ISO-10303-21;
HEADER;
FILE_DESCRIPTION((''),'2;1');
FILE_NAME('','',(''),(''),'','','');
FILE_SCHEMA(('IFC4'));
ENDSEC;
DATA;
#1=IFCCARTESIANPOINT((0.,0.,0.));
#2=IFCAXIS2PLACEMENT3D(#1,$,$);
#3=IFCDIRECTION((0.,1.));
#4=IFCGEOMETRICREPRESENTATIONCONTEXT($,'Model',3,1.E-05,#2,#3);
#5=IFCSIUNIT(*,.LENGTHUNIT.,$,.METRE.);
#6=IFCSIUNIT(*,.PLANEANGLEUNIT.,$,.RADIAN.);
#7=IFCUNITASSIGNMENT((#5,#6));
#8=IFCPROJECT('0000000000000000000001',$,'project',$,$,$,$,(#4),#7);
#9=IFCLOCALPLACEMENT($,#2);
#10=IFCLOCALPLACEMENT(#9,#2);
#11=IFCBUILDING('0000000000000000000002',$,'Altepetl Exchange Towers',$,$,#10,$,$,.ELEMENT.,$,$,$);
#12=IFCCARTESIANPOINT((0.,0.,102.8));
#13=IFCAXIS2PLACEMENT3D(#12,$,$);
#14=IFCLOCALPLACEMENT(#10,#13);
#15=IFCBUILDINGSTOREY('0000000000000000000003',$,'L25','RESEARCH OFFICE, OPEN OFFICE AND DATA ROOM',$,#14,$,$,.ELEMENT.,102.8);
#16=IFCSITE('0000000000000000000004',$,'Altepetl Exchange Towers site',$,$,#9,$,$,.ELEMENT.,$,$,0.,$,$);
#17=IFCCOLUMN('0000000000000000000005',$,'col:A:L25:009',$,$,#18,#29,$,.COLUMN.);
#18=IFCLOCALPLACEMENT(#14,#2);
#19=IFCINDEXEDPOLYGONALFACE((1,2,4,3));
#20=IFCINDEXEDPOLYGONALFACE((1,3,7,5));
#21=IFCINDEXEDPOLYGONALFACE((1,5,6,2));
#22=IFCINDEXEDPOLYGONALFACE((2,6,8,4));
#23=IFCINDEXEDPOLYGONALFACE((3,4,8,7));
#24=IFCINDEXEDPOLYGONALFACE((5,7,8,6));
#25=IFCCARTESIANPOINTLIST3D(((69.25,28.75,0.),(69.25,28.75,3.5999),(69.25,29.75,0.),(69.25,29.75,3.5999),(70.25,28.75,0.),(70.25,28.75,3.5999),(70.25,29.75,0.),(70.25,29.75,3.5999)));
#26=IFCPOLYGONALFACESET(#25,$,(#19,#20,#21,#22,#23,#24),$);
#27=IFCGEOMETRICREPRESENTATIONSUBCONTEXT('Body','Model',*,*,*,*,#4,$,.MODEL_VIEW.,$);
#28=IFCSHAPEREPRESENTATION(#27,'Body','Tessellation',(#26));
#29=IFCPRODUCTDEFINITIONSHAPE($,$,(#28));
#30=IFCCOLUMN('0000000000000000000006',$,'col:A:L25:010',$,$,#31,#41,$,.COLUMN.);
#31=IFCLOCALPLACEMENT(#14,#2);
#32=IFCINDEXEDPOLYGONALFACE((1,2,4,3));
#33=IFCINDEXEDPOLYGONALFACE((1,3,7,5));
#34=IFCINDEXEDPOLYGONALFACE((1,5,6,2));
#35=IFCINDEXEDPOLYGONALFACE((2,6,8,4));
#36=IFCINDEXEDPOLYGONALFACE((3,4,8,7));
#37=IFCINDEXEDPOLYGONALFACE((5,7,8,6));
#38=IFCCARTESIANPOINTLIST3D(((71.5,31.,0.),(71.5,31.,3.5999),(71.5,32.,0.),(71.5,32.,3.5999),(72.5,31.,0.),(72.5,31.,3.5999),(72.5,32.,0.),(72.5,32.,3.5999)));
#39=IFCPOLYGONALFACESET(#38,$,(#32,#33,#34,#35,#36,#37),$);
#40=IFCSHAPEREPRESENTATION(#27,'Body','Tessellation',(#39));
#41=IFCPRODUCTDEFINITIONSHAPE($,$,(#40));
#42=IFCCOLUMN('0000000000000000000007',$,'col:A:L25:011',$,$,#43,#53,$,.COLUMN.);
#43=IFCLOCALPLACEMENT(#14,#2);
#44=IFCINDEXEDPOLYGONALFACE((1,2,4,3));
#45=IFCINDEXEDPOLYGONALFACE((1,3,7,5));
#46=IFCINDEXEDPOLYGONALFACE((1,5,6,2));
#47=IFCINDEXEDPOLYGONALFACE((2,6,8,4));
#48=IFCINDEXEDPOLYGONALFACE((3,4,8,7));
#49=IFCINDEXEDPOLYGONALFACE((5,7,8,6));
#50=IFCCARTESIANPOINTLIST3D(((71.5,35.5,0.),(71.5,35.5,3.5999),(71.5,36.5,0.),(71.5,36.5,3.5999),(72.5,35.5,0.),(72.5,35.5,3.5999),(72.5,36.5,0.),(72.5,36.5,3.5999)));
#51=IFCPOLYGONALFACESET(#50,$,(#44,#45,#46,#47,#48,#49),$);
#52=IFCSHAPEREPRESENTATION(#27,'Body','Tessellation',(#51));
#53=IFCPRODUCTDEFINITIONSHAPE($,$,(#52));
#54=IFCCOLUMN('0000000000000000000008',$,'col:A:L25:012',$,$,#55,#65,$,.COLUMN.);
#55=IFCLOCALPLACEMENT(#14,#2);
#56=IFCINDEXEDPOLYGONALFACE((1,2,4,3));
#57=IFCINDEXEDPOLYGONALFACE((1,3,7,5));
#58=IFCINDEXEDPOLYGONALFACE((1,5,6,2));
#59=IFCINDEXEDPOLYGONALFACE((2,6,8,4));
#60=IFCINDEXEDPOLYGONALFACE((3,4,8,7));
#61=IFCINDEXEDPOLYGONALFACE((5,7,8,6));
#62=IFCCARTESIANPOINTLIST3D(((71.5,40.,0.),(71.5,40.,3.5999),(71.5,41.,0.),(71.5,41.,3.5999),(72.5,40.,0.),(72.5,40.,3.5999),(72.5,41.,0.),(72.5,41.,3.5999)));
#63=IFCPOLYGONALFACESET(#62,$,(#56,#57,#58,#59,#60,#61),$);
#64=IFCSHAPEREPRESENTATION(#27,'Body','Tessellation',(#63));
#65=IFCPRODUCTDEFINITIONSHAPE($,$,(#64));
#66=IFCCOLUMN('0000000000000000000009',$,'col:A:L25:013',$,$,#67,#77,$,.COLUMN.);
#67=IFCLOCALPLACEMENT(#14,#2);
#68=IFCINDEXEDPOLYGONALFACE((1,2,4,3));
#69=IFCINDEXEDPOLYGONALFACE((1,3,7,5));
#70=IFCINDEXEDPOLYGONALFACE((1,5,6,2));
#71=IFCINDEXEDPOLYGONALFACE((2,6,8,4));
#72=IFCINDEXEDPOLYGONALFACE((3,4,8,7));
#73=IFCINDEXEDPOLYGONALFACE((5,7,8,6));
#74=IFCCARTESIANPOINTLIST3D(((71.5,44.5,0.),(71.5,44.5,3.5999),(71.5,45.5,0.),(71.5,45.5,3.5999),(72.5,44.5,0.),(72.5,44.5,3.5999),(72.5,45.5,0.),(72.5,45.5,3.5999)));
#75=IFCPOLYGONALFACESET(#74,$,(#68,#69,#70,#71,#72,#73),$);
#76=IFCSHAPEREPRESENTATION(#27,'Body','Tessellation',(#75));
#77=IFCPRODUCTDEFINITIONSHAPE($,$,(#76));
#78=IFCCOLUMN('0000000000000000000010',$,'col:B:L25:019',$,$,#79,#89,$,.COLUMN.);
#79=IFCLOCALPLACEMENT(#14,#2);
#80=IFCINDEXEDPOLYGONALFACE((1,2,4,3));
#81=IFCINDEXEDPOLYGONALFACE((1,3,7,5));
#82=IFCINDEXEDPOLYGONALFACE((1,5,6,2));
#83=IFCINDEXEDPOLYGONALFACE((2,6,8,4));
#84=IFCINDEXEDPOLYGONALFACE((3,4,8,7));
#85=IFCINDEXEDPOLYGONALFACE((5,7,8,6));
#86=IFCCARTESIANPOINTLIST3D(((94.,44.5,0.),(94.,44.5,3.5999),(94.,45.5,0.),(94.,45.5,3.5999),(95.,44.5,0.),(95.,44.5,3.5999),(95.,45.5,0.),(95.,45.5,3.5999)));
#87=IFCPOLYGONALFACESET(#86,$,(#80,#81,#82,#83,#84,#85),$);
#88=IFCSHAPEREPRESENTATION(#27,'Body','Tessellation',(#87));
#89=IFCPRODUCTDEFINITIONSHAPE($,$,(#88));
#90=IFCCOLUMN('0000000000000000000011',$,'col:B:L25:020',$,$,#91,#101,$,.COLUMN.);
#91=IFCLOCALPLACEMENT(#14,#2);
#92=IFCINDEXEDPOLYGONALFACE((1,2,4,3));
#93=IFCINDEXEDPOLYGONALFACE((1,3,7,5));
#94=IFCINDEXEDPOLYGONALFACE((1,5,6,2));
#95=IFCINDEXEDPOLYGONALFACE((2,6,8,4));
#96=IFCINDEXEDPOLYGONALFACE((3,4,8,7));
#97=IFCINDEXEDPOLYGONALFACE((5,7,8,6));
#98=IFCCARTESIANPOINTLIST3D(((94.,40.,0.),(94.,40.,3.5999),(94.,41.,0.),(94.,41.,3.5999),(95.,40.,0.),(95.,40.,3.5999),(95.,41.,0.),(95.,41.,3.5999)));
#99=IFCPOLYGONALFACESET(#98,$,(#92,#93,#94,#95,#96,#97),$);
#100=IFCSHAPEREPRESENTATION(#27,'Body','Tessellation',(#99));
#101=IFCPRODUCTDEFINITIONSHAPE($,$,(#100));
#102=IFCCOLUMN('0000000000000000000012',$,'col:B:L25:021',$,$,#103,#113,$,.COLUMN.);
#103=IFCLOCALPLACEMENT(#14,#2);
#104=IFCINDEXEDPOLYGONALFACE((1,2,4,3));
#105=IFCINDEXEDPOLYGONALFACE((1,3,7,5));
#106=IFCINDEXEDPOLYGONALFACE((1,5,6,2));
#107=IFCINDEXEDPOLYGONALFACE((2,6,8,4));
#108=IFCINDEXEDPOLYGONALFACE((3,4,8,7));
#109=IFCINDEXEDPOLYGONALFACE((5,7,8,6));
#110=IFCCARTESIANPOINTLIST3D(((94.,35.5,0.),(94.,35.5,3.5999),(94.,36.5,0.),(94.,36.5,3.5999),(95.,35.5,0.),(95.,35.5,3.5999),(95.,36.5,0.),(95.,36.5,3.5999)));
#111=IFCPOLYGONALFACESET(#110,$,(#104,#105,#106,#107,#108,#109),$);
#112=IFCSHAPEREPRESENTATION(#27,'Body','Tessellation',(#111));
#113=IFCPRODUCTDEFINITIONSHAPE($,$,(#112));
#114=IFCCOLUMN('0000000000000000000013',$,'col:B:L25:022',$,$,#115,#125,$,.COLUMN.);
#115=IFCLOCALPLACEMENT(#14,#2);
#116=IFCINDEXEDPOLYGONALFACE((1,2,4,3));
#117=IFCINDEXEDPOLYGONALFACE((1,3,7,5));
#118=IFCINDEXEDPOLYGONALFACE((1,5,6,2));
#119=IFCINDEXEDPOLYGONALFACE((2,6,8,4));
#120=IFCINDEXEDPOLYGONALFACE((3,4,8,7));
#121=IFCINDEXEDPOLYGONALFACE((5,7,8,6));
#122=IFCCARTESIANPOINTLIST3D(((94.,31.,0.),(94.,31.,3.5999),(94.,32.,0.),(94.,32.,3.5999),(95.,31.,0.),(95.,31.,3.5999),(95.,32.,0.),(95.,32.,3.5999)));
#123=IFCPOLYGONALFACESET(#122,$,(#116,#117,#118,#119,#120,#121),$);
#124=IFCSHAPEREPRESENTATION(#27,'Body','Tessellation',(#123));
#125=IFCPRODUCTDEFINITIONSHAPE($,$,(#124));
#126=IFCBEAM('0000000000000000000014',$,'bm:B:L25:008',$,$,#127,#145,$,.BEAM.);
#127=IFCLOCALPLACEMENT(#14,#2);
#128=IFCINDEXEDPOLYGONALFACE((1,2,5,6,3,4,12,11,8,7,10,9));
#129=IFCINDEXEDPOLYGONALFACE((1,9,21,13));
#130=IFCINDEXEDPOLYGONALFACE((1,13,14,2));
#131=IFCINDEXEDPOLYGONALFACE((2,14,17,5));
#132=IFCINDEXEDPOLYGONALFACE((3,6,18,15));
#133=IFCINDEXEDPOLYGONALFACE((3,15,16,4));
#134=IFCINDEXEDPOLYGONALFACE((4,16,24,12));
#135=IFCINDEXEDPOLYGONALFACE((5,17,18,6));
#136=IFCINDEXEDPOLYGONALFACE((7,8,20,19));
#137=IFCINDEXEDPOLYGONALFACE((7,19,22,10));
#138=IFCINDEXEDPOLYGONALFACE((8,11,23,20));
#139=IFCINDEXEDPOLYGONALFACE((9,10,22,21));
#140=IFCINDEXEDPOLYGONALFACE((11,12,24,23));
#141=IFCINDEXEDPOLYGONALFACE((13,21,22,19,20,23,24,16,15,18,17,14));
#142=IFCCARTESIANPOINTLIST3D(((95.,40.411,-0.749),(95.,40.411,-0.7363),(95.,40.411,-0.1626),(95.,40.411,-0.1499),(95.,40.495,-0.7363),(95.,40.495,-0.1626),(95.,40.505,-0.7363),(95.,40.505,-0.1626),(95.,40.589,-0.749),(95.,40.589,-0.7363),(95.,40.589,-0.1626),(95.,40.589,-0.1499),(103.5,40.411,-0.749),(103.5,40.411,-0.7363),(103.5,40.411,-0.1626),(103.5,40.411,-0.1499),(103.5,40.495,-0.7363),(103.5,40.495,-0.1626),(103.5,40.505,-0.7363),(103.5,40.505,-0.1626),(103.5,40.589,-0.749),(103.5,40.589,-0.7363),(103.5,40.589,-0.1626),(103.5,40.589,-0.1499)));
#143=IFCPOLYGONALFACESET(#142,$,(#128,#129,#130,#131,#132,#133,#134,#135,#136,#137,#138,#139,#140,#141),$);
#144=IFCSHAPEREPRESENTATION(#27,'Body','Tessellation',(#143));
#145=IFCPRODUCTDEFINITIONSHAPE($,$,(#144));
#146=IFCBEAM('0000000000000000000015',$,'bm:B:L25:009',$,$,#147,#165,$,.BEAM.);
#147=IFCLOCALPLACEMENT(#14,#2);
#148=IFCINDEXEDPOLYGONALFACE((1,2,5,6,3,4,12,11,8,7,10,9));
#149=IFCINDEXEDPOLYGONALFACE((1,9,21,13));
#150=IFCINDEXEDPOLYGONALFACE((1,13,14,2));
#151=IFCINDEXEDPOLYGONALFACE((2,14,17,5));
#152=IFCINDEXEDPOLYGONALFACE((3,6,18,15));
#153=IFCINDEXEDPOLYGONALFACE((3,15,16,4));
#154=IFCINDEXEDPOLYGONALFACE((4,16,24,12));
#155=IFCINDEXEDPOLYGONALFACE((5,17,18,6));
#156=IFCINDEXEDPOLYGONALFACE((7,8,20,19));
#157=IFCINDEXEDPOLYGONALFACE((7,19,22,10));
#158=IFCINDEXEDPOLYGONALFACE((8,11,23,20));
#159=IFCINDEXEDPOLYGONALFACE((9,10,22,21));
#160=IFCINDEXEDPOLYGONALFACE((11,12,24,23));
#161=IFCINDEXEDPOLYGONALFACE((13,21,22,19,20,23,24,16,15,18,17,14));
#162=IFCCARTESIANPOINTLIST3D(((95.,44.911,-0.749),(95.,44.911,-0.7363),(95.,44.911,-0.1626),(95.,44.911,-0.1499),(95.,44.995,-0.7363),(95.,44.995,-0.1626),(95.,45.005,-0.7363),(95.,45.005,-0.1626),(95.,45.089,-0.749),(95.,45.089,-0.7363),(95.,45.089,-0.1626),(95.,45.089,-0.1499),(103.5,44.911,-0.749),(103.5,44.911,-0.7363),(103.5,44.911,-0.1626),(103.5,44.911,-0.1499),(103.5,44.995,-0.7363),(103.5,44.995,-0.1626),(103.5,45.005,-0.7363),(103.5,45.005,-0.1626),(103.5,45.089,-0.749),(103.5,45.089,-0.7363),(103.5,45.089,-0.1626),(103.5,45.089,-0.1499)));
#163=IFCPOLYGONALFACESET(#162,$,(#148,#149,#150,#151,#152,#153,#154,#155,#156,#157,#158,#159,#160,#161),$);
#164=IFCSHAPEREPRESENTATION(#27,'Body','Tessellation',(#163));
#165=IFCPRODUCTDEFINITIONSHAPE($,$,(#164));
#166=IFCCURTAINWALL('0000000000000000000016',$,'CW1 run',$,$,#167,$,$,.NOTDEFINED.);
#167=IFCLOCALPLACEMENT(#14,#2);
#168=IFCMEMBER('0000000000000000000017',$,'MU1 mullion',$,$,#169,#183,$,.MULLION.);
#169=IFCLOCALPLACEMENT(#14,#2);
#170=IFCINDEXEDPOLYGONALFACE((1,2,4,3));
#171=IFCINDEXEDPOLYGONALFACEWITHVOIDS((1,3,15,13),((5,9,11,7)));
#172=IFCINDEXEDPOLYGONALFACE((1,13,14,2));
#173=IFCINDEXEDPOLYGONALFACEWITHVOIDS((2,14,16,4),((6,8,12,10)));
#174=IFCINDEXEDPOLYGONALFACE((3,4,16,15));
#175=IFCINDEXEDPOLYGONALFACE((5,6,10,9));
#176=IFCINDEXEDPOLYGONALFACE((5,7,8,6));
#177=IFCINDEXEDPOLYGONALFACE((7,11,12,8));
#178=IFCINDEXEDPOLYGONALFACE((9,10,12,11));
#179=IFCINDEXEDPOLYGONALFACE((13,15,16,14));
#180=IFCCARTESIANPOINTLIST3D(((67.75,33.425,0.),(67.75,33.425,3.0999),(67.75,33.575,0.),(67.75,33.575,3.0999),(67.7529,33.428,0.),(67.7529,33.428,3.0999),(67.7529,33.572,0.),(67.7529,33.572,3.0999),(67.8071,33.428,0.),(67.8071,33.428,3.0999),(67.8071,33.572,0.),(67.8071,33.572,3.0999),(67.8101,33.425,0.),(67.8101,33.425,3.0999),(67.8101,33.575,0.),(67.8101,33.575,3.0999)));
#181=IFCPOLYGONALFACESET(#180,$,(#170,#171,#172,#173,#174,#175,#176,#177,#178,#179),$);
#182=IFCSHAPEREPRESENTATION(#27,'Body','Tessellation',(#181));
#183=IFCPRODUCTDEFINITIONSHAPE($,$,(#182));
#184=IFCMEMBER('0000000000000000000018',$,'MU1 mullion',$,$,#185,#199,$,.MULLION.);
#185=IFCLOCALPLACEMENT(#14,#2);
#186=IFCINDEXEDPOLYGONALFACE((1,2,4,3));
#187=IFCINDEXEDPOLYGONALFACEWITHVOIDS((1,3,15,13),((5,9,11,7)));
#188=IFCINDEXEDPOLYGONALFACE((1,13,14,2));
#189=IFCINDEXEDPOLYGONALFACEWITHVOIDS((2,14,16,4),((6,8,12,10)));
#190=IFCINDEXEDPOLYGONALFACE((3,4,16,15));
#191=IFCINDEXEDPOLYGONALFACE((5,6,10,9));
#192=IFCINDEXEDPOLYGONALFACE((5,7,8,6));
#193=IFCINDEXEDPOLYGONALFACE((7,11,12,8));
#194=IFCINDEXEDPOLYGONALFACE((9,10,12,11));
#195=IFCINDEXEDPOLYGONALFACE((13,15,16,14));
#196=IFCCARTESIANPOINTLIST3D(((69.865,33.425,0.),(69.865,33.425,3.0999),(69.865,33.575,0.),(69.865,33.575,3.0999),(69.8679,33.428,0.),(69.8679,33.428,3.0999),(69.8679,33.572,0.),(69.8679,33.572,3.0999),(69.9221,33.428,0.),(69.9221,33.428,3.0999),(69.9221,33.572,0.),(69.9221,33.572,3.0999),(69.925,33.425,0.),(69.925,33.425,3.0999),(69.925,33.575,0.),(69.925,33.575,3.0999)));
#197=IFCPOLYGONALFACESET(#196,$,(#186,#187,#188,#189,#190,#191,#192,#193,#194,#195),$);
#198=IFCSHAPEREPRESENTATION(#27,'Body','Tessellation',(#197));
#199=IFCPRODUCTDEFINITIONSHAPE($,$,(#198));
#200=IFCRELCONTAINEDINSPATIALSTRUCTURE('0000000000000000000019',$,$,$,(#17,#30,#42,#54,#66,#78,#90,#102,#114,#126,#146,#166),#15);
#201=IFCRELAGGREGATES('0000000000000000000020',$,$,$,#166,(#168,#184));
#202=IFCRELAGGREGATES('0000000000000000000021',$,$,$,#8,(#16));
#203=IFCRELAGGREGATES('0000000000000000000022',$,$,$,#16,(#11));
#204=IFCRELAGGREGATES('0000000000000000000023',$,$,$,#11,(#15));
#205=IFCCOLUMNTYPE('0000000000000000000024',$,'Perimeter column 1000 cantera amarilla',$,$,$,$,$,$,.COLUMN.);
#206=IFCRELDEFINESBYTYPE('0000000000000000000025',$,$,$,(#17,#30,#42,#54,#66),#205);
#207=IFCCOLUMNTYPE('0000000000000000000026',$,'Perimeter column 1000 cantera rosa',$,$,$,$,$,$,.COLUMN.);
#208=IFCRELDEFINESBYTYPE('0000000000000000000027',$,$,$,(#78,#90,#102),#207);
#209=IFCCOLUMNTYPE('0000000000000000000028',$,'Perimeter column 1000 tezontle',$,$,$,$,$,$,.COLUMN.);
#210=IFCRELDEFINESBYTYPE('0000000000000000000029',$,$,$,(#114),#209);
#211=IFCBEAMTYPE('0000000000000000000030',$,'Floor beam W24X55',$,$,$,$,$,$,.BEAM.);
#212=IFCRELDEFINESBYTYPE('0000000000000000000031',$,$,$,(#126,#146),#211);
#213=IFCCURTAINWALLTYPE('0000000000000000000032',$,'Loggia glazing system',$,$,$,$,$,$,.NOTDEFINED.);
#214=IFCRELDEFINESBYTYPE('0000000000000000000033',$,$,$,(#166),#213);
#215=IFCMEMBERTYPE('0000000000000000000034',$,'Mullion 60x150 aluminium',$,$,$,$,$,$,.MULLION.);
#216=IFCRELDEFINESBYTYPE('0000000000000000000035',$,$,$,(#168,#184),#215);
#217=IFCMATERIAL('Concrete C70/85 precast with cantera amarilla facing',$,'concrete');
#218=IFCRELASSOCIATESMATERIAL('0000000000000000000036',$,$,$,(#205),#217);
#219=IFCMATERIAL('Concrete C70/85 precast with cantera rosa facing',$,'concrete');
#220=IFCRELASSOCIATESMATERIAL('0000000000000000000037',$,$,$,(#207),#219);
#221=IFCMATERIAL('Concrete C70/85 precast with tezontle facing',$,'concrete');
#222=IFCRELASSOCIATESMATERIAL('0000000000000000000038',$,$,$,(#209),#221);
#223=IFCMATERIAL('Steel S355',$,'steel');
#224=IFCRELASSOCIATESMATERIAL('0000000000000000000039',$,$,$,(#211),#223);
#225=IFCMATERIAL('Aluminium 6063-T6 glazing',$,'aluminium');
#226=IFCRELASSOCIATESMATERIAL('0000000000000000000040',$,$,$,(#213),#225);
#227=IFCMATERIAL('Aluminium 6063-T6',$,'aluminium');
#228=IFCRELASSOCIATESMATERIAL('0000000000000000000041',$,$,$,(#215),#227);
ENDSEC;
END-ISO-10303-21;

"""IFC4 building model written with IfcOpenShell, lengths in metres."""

from ifc_helpers import new_model, si_unit, direction, frame, origin, origin_2d, place, context, subcontext, project, spatial, rectangle, hollow_rectangle, i_section, extrude, material, material_profile, profile_set, type_object, element, aggregate, save


model = new_model("IFC4")

# Units and contexts
model_context = context("Model", 3, precision=1e-05, world=origin(), true_north=direction((0.0, 1.0)))
body_context = subcontext(model_context, "Body", "Model", "MODEL_VIEW")
ifc_project = project(units=[si_unit("LENGTHUNIT", "METRE"), si_unit("PLANEANGLEUNIT", "RADIAN")], contexts=[model_context])

# Site, building, storey
site_placement = place(None, origin())
site = spatial("IfcSite", under=ifc_project, at=site_placement, Name="Altepetl Exchange Towers site", CompositionType="ELEMENT", RefElevation=0.0)
building_placement = place(site_placement, origin())
building = spatial("IfcBuilding", under=site, at=building_placement, Name="Altepetl Exchange Towers", CompositionType="ELEMENT")
storey_placement = place(building_placement, frame((0.0, 0.0, 102.8)))
storey = spatial("IfcBuildingStorey", under=building, at=storey_placement, Name="L25", Description="RESEARCH OFFICE, OPEN OFFICE AND DATA ROOM", CompositionType="ELEMENT", Elevation=102.8)

# Columns
ifc_material_1 = material(Name="Concrete C70/85 precast with cantera amarilla facing", Category="concrete")
ifc_material_profile_1 = material_profile(ifc_material_1, rectangle(XDim=1.0, YDim=1.0, at=origin_2d()), Name="1000 x 1000")
ifc_profile_set_1 = profile_set([ifc_material_profile_1], Name="Concrete C70/85 precast with cantera amarilla facing")
column_type_1 = type_object("IfcColumnType", Name="Perimeter column 1000 cantera amarilla", PredefinedType="COLUMN", material=ifc_profile_set_1)
for number, where, name in (
    (1, (69.75, 29.25, 0.0), "col:A:L25:009"),
    (2, (72.0, 31.5, 0.0), "col:A:L25:010"),
    (3, (72.0, 36.0, 0.0), "col:A:L25:011"),
    (4, (72.0, 40.5, 0.0), "col:A:L25:012"),
    (5, (72.0, 45.0, 0.0), "col:A:L25:013"),
):
    element("IfcColumn", number, at=place(storey_placement, frame(where)), inside=storey, type_object=column_type_1, Name=name, PredefinedType="COLUMN", context=body_context, shape_type="SweptSolid", body=[
        extrude(rectangle(XDim=1.0, YDim=1.0, at=origin_2d()), origin(), (0.0, 0.0, 1.0), 3.5999),
    ])
ifc_material_2 = material(Name="Concrete C70/85 precast with cantera rosa facing", Category="concrete")
ifc_material_profile_2 = material_profile(ifc_material_2, rectangle(XDim=1.0, YDim=1.0, at=origin_2d()), Name="1000 x 1000")
ifc_profile_set_2 = profile_set([ifc_material_profile_2], Name="Concrete C70/85 precast with cantera rosa facing")
column_type_2 = type_object("IfcColumnType", Name="Perimeter column 1000 cantera rosa", PredefinedType="COLUMN", material=ifc_profile_set_2)
for number, where, name in (
    (6, (94.5, 45.0, 0.0), "col:B:L25:019"),
    (7, (94.5, 40.5, 0.0), "col:B:L25:020"),
    (8, (94.5, 36.0, 0.0), "col:B:L25:021"),
):
    element("IfcColumn", number, at=place(storey_placement, frame(where)), inside=storey, type_object=column_type_2, Name=name, PredefinedType="COLUMN", context=body_context, shape_type="SweptSolid", body=[
        extrude(rectangle(XDim=1.0, YDim=1.0, at=origin_2d()), origin(), (0.0, 0.0, 1.0), 3.5999),
    ])
ifc_material_3 = material(Name="Concrete C70/85 precast with tezontle facing", Category="concrete")
ifc_material_profile_3 = material_profile(ifc_material_3, rectangle(XDim=1.0, YDim=1.0, at=origin_2d()), Name="1000 x 1000")
ifc_profile_set_3 = profile_set([ifc_material_profile_3], Name="Concrete C70/85 precast with tezontle facing")
column_type_3 = type_object("IfcColumnType", Name="Perimeter column 1000 tezontle", PredefinedType="COLUMN", material=ifc_profile_set_3)
column_placement = place(storey_placement, frame((94.5, 31.5, 0.0)))
element("IfcColumn", 9, at=column_placement, inside=storey, type_object=column_type_3, Name="col:B:L25:022", PredefinedType="COLUMN", context=body_context, shape_type="SweptSolid", body=[
    extrude(rectangle(XDim=1.0, YDim=1.0, at=origin_2d()), origin(), (0.0, 0.0, 1.0), 3.5999),
])

# Beams
ifc_material_4 = material(Name="Steel S355", Category="steel")
ifc_material_profile_4 = material_profile(ifc_material_4, i_section(OverallWidth=0.178, OverallDepth=0.5991, WebThickness=0.01, FlangeThickness=0.0127, at=origin_2d()), Name="W24X55")
ifc_profile_set_4 = profile_set([ifc_material_profile_4], Name="Steel S355")
beam_type_1 = type_object("IfcBeamType", Name="Floor beam W24X55", PredefinedType="BEAM", material=ifc_profile_set_4)
for number, where, z_axis, x_axis, name in (
    (10, (95.0, 40.5, -0.4495), (1.0, 0.0, 0.0), (0.0, 1.0, 0.0), "bm:B:L25:008"),
    (11, (95.0, 45.0, -0.4495), (1.0, 0.0, 0.0), (0.0, 1.0, 0.0), "bm:B:L25:009"),
):
    element("IfcBeam", number, at=place(storey_placement, frame(where, z_axis=z_axis, x_axis=x_axis)), inside=storey, type_object=beam_type_1, Name=name, PredefinedType="BEAM", context=body_context, shape_type="SweptSolid", body=[
        extrude(i_section(OverallWidth=0.178, OverallDepth=0.5991, WebThickness=0.01, FlangeThickness=0.0127, at=origin_2d()), origin(), (0.0, 0.0, 1.0), 8.5),
    ])

# Curtain wall, members
ifc_material_5 = material(Name="Aluminium 6063-T6 glazing", Category="aluminium")
curtain_wall_type = type_object("IfcCurtainWallType", Name="Loggia glazing system", PredefinedType="NOTDEFINED", material=ifc_material_5)
curtain_wall_1_placement = place(storey_placement, origin())
curtain_wall_1 = element("IfcCurtainWall", 12, at=curtain_wall_1_placement, inside=storey, type_object=curtain_wall_type, Name="CW1 run", PredefinedType="NOTDEFINED")
ifc_material_6 = material(Name="Aluminium 6063-T6", Category="aluminium")
ifc_material_profile_5 = material_profile(ifc_material_6, hollow_rectangle(XDim=0.0601, YDim=0.1499, WallThickness=0.0029, at=origin_2d()), Name="Mullion 60x150 aluminium")
ifc_profile_set_5 = profile_set([ifc_material_profile_5], Name="Aluminium 6063-T6")
member_type = type_object("IfcMemberType", Name="Mullion 60x150 aluminium", PredefinedType="MULLION", material=ifc_profile_set_5)
member_1_placement = place(storey_placement, frame((67.78, 33.5, 0.0)))
member_1 = element("IfcMember", 13, at=member_1_placement, type_object=member_type, Name="MU1 mullion", PredefinedType="MULLION", context=body_context, shape_type="SweptSolid", body=[
    extrude(hollow_rectangle(XDim=0.0601, YDim=0.1499, WallThickness=0.0029, at=origin_2d()), origin(), (0.0, 0.0, 1.0), 3.0999),
])
member_2_placement = place(storey_placement, frame((69.895, 33.5, 0.0)))
member_2 = element("IfcMember", 14, at=member_2_placement, type_object=member_type, Name="MU1 mullion", PredefinedType="MULLION", context=body_context, shape_type="SweptSolid", body=[
    extrude(hollow_rectangle(XDim=0.0601, YDim=0.1499, WallThickness=0.0029, at=origin_2d()), origin(), (0.0, 0.0, 1.0), 3.0999),
])

aggregate(curtain_wall_1, [member_1, member_2])

save(model, "model.ifc")
